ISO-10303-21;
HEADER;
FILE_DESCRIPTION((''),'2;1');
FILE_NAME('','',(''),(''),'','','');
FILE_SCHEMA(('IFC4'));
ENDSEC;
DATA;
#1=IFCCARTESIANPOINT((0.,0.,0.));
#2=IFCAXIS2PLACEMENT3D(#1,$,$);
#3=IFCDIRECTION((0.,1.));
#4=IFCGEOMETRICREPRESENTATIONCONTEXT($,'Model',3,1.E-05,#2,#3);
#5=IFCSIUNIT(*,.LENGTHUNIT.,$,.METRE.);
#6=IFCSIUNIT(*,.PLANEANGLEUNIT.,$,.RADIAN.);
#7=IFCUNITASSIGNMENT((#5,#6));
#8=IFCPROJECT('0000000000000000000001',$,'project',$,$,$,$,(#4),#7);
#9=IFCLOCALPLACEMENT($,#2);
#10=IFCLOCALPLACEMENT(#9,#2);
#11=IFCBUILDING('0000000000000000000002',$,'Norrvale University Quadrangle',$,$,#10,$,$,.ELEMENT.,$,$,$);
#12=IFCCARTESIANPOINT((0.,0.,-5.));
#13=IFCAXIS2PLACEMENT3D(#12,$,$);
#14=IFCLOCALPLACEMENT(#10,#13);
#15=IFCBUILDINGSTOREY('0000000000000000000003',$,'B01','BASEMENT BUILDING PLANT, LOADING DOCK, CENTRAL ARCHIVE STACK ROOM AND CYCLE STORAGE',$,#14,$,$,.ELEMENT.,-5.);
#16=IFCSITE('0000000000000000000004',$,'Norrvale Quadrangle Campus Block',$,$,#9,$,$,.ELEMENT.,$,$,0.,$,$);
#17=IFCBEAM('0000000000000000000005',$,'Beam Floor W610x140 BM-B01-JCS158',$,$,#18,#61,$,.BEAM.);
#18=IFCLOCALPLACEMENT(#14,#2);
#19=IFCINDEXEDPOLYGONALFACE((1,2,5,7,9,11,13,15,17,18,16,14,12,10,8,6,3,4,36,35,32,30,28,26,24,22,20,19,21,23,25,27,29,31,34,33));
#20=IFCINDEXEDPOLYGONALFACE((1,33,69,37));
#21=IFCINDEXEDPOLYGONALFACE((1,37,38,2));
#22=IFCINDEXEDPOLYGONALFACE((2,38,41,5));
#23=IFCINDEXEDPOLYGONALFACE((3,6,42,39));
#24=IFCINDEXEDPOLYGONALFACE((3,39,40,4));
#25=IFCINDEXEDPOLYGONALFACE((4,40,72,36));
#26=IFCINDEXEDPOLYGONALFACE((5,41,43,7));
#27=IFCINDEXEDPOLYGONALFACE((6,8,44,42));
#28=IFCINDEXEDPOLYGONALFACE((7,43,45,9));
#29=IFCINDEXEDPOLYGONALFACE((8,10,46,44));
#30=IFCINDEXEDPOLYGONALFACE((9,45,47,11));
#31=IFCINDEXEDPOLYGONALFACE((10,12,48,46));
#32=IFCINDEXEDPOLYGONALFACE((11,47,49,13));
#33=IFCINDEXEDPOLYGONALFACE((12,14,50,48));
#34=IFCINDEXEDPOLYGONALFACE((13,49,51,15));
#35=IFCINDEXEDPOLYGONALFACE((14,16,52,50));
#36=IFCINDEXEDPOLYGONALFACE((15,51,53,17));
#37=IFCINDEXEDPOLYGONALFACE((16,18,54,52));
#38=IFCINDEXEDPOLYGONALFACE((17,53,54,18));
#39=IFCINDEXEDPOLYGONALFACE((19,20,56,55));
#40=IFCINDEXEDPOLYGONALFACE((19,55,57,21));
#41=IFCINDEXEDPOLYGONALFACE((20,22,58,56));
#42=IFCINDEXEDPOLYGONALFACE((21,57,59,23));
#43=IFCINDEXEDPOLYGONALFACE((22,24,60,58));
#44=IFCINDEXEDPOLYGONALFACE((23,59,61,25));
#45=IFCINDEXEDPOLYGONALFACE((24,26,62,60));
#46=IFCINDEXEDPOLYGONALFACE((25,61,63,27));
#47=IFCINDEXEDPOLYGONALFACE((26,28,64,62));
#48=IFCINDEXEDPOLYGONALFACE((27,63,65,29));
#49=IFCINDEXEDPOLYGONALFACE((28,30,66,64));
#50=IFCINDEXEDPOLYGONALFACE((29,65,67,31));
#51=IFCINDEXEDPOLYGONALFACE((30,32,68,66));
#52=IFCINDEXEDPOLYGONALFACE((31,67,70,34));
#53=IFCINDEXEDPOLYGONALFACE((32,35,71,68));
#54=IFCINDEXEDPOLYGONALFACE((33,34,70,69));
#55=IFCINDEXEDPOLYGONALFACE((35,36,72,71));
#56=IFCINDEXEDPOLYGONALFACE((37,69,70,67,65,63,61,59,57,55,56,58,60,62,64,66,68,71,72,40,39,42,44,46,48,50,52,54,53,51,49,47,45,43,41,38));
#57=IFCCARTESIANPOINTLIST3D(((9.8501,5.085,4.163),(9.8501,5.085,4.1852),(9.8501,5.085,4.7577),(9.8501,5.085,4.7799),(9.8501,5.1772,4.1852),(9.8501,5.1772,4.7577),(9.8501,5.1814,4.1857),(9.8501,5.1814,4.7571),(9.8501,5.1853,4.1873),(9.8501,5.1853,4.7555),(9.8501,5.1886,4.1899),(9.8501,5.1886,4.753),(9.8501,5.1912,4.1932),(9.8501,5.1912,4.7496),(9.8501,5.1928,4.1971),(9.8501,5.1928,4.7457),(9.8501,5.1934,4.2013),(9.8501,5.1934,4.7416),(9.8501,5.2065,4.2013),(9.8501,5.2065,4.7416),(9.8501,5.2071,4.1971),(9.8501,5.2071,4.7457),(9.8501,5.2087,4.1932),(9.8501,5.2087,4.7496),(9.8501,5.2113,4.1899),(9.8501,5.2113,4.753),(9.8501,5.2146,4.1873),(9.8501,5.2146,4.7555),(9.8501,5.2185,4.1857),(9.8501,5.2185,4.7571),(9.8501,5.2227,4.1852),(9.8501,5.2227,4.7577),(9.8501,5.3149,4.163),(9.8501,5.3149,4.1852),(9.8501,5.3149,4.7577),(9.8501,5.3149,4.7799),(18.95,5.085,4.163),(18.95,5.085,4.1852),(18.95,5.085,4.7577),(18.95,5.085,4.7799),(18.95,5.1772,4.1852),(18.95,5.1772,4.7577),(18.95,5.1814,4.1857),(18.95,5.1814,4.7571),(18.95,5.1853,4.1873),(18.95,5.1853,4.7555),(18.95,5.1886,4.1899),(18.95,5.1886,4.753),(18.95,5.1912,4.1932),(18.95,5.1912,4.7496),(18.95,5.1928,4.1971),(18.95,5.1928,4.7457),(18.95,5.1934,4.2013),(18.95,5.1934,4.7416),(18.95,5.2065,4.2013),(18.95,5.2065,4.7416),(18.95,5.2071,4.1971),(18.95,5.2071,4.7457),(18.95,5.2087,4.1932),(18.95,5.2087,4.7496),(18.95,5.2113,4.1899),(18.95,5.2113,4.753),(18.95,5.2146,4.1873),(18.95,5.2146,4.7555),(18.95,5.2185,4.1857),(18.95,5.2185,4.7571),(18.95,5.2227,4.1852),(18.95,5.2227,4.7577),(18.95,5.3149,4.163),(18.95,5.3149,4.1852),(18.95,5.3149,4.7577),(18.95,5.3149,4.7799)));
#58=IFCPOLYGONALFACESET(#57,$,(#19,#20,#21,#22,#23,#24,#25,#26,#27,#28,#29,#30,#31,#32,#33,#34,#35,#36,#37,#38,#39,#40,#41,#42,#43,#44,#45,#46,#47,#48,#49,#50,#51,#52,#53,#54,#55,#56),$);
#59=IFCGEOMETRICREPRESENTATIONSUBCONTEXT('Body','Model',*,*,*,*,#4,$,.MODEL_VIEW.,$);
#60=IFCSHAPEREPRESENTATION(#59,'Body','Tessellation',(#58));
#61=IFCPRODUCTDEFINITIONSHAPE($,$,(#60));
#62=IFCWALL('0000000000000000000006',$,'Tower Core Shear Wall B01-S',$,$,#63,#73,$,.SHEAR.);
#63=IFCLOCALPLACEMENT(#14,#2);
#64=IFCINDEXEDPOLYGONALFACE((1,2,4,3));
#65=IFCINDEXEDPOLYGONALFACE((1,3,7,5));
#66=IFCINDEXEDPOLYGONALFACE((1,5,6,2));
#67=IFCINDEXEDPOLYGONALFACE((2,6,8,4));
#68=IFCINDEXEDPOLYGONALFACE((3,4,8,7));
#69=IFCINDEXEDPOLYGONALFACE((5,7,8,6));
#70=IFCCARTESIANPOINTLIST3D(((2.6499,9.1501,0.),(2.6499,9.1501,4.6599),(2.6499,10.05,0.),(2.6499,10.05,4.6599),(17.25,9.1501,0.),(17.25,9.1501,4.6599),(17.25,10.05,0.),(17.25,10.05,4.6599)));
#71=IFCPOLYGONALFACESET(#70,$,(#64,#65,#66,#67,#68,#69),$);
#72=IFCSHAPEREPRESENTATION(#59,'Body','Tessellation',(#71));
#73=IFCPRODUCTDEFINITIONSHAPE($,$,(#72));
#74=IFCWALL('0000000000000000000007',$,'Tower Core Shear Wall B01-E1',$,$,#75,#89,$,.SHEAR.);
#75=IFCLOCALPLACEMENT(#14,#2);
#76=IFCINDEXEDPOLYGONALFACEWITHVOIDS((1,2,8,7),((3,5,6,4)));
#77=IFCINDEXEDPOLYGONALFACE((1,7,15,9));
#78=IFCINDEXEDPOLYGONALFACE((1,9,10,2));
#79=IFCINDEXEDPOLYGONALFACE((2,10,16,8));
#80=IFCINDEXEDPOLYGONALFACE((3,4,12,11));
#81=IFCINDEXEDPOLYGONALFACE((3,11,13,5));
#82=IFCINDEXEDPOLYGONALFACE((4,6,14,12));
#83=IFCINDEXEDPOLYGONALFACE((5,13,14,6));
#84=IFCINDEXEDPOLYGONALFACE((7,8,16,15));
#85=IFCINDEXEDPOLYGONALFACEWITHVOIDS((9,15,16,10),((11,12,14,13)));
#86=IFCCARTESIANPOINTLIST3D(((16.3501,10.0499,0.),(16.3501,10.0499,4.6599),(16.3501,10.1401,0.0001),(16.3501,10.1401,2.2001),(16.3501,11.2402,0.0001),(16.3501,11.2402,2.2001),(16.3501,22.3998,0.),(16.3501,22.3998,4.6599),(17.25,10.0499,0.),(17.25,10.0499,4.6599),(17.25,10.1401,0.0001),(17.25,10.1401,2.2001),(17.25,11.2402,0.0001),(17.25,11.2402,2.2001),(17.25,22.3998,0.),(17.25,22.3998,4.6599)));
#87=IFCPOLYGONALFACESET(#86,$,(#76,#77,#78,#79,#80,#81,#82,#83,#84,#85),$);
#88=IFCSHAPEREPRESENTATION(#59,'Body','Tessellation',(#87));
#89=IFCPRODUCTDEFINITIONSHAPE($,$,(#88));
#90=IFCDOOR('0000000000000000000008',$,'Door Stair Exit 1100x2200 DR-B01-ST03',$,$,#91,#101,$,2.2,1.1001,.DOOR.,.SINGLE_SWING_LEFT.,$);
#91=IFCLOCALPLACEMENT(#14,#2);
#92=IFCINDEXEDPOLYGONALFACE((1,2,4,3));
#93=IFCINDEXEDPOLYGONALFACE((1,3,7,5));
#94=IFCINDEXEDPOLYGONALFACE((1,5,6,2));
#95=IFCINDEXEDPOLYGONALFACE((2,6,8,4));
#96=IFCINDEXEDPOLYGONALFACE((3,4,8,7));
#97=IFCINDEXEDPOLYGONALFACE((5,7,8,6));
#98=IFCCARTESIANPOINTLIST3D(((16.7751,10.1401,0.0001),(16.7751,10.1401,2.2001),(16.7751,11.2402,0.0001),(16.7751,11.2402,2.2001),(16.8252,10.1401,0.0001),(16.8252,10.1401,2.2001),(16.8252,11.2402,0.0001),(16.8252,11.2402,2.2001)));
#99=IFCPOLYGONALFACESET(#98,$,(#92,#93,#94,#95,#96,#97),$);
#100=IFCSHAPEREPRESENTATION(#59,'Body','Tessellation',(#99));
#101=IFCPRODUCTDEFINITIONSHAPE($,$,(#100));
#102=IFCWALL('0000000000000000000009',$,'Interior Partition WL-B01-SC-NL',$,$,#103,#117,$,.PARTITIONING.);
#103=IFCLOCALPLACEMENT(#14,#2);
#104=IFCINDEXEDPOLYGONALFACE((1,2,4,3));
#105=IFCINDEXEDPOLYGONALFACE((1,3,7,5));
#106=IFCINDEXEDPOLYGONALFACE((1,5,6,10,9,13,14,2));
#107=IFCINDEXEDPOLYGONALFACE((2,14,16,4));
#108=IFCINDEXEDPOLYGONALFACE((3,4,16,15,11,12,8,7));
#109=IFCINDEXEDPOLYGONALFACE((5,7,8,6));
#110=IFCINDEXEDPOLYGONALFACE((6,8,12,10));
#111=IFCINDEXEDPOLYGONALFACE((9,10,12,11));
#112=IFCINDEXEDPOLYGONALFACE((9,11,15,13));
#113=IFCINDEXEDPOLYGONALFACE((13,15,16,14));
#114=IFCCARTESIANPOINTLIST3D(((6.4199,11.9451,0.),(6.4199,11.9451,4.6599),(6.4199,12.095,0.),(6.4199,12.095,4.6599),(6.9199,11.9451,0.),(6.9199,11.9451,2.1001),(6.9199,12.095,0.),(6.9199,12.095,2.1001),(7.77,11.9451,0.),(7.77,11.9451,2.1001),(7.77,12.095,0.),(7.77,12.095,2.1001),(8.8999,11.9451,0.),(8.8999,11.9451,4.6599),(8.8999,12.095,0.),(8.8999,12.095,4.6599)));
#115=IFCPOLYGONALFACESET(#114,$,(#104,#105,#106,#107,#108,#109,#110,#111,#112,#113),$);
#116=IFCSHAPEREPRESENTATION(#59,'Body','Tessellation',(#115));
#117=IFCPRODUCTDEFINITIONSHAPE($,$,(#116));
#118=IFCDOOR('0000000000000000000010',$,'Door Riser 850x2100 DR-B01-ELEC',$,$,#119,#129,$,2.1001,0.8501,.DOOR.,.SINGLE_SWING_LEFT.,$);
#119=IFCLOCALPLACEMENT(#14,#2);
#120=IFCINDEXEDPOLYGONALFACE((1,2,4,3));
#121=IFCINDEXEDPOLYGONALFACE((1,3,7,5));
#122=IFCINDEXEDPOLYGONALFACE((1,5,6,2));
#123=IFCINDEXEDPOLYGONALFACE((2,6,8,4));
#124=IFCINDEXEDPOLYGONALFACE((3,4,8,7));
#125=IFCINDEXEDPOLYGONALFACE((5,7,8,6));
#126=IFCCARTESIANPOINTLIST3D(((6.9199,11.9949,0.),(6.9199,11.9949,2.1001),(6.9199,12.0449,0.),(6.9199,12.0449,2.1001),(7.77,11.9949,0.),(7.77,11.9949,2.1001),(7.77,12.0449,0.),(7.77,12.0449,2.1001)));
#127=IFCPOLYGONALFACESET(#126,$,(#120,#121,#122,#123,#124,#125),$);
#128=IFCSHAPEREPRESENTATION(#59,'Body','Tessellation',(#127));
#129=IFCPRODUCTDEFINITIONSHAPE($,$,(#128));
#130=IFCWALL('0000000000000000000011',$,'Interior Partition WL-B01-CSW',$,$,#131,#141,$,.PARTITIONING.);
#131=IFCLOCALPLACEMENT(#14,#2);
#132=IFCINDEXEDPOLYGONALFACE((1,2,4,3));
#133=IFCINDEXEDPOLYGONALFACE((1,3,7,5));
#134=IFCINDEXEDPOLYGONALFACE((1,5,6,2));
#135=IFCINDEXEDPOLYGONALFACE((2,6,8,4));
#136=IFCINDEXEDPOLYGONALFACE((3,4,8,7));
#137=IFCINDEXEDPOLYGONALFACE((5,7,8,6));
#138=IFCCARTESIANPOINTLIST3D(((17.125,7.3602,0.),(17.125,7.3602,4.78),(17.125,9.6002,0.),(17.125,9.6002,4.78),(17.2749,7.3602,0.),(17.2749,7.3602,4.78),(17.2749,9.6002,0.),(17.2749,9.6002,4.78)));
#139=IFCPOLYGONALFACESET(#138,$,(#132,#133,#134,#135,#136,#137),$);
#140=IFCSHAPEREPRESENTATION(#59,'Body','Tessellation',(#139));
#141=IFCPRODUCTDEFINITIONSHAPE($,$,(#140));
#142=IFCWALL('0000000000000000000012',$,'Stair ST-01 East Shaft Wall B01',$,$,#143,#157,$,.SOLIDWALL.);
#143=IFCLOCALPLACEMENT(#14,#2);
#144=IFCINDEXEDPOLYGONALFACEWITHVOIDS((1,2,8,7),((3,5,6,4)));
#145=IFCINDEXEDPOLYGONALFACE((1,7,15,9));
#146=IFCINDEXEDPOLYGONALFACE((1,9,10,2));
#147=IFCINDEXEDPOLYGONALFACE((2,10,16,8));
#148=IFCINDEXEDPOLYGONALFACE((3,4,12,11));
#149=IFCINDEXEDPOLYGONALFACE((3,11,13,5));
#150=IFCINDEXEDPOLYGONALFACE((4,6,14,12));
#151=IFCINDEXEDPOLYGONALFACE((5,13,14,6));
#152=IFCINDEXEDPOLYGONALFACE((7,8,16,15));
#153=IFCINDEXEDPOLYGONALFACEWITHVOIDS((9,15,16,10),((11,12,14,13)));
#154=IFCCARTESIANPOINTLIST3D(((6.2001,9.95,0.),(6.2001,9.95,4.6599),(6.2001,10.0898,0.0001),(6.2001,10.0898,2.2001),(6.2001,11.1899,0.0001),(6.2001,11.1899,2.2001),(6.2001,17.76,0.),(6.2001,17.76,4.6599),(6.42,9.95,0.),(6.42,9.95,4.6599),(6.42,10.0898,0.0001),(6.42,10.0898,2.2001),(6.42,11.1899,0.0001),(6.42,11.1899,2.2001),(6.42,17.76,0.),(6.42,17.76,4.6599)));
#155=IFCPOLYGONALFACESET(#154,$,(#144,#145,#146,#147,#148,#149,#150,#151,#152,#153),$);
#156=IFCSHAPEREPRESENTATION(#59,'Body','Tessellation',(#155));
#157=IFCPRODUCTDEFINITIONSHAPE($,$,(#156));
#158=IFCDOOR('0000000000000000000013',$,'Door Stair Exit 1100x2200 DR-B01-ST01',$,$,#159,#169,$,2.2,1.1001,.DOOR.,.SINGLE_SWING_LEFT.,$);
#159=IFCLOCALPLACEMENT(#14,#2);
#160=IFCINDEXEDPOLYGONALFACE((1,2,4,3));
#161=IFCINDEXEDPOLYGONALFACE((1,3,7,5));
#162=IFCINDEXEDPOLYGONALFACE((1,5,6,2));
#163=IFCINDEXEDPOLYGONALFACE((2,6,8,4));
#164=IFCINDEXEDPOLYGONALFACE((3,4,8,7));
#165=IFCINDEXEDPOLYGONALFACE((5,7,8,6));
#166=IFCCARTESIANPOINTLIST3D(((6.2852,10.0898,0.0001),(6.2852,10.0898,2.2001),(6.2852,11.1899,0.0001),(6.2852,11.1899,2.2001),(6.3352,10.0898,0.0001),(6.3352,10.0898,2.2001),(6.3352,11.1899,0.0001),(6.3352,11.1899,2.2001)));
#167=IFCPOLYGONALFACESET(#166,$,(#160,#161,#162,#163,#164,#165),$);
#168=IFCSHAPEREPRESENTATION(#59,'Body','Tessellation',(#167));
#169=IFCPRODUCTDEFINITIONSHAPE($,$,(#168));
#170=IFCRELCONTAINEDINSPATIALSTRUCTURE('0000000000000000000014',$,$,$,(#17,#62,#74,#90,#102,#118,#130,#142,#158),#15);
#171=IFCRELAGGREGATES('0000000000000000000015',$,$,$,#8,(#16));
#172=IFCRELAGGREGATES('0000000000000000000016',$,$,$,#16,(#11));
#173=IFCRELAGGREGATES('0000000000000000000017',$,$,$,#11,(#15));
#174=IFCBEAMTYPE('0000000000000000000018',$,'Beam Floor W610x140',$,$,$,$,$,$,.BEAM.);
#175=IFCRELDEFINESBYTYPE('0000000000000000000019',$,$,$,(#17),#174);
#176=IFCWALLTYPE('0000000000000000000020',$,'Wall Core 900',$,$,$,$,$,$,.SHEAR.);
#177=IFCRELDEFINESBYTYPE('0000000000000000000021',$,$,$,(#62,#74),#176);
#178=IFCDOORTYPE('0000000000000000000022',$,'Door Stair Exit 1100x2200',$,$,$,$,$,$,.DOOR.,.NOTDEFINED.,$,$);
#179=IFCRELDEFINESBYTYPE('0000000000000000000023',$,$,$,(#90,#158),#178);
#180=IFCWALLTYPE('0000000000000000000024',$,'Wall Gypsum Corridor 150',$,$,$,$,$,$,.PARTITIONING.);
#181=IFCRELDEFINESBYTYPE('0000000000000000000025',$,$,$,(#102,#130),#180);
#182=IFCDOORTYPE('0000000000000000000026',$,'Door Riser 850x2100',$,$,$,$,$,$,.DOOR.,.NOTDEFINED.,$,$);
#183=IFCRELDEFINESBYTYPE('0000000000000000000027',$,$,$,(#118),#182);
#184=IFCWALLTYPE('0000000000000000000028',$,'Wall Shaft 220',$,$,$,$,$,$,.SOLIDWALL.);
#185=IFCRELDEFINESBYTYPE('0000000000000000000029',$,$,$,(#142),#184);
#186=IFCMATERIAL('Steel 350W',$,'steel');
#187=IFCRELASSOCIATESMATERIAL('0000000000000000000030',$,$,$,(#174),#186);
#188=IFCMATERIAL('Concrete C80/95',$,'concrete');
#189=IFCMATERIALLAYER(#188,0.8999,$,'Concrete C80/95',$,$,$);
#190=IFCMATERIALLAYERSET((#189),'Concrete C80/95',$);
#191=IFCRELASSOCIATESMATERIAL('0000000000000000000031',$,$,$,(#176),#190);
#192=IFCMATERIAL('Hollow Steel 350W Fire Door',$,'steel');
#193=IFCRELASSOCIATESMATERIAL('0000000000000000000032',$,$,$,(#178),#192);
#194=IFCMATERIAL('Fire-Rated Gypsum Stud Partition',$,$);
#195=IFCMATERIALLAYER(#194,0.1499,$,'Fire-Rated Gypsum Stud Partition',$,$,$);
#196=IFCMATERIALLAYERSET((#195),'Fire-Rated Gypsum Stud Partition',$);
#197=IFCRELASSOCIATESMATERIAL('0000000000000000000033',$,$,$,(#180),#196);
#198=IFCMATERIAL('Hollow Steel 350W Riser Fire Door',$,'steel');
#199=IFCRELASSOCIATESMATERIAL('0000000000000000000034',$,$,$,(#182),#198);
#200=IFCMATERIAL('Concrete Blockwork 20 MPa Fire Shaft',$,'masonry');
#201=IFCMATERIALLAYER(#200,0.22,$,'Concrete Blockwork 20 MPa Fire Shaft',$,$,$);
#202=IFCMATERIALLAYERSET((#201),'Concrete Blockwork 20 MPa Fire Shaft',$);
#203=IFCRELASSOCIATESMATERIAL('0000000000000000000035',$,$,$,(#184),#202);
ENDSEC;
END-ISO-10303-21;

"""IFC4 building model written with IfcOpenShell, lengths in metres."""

from ifc_helpers import new_model, si_unit, direction, frame, frame_2d, origin, origin_2d, place, context, subcontext, project, spatial, rectangle, i_section, extrude, material, layer, layer_set, material_profile, profile_set, type_object, element, fill, save


model = new_model("IFC4")

# Units and contexts
model_context = context("Model", 3, precision=1e-05, world=origin(), true_north=direction((0.0, 1.0)))
body_context = subcontext(model_context, "Body", "Model", "MODEL_VIEW")
ifc_project = project(units=[si_unit("LENGTHUNIT", "METRE"), si_unit("PLANEANGLEUNIT", "RADIAN")], contexts=[model_context])

# Site, building, storey
site_placement = place(None, origin())
site = spatial("IfcSite", under=ifc_project, at=site_placement, Name="Norrvale Quadrangle Campus Block", CompositionType="ELEMENT", RefElevation=0.0)
building_placement = place(site_placement, origin())
building = spatial("IfcBuilding", under=site, at=building_placement, Name="Norrvale University Quadrangle", CompositionType="ELEMENT")
storey_placement = place(building_placement, frame((0.0, 0.0, -5.0)))
storey = spatial("IfcBuildingStorey", under=building, at=storey_placement, Name="B01", Description="BASEMENT BUILDING PLANT, LOADING DOCK, CENTRAL ARCHIVE STACK ROOM AND CYCLE STORAGE", CompositionType="ELEMENT", Elevation=-5.0)

# Shared definitions
ifc_material_1 = material(Name="Concrete C80/95", Category="concrete")

# Beam
ifc_material_2 = material(Name="Steel 350W", Category="steel")
ifc_material_profile_1 = material_profile(ifc_material_2, i_section(OverallWidth=0.23, OverallDepth=0.6169, WebThickness=0.0132, FlangeThickness=0.0222, FilletRadius=0.0161, at=origin_2d()), Name="Steel 350W")
ifc_profile_set_1 = profile_set([ifc_material_profile_1], Name="Steel 350W")
beam_type_1 = type_object("IfcBeamType", Name="Beam Floor W610x140", PredefinedType="BEAM", material=ifc_profile_set_1)
beam_1_placement = place(storey_placement, frame((9.8501, 5.2, 4.4714), z_axis=(1.0, 0.0, 0.0), x_axis=(0.0, 1.0, 0.0)))
element("IfcBeam", 1, at=beam_1_placement, inside=storey, type_object=beam_type_1, Name="Beam Floor W610x140 BM-B01-JCS158", PredefinedType="BEAM", context=body_context, shape_type="SweptSolid", body=[
    extrude(i_section(OverallWidth=0.23, OverallDepth=0.6169, WebThickness=0.0132, FlangeThickness=0.0222, FilletRadius=0.0161, at=origin_2d()), origin(), (0.0, 0.0, 1.0), 9.0999),
])

# Wall
ifc_layer_1 = layer(ifc_material_1, 0.8999, Name="Concrete C80/95")
ifc_layer_set_1 = layer_set([ifc_layer_1], Name="Concrete C80/95")
wall_type_1 = type_object("IfcWallType", Name="Wall Core 900", PredefinedType="SHEAR", material=ifc_layer_set_1)
wall_1_placement = place(storey_placement, frame((2.6499, 9.6001, 0.0), z_axis=(0.0, 0.0, 1.0), x_axis=(1.0, 0.0, 0.0)))
element("IfcWall", 2, at=wall_1_placement, inside=storey, type_object=wall_type_1, Name="Tower Core Shear Wall B01-S", PredefinedType="SHEAR", context=body_context, shape_type="SweptSolid", body=[
    extrude(rectangle(XDim=14.6001, YDim=0.8999, at=frame_2d((7.3, 0.0))), origin(), (0.0, 0.0, 1.0), 4.6599),
])

# Walls, openings, doors
wall_2_placement = place(storey_placement, frame((16.8, 10.05, 0.0), z_axis=(0.0, 0.0, 1.0), x_axis=(0.0, 1.0, 0.0)))
wall_2 = element("IfcWall", 3, at=wall_2_placement, inside=storey, type_object=wall_type_1, Name="Tower Core Shear Wall B01-E1", PredefinedType="SHEAR", context=body_context, shape_type="SweptSolid", body=[
    extrude(rectangle(XDim=12.3499, YDim=0.8999, at=frame_2d((6.1748, 0.0))), origin(), (0.0, 0.0, 1.0), 4.6599),
])
opening_1_placement = place(wall_2_placement, frame((0.0901, 0.0, 0.0)))
opening_1 = element("IfcOpeningElement", 4, at=opening_1_placement, cuts=wall_2, PredefinedType="OPENING", context=body_context, shape_type="SweptSolid", body=[
    extrude(rectangle(XDim=1.1001, YDim=2.2, at=frame_2d((0.55, 1.1001))), frame((0.0, 0.4619, 0.0), z_axis=(0.0, -1.0, 0.0), x_axis=(1.0, 0.0, 0.0)), (0.0, 0.0, 1.0), 0.9238),
])
ifc_material_3 = material(Name="Hollow Steel 350W Fire Door", Category="steel")
door_type_1 = type_object("IfcDoorType", Name="Door Stair Exit 1100x2200", OperationType="NOTDEFINED", PredefinedType="DOOR", material=ifc_material_3)
door_1_placement = place(opening_1_placement, origin())
door_1 = element("IfcDoor", 5, at=door_1_placement, inside=storey, type_object=door_type_1, Name="Door Stair Exit 1100x2200 DR-B01-ST03", OperationType="SINGLE_SWING_LEFT", OverallHeight=2.2, OverallWidth=1.1001, PredefinedType="DOOR", context=body_context, shape_type="SweptSolid", body=[
    extrude(rectangle(XDim=1.1001, YDim=2.2, at=frame_2d((0.55, 1.1001))), frame((0.0, 0.0249, 0.0), z_axis=(0.0, -1.0, 0.0), x_axis=(1.0, 0.0, 0.0)), (0.0, 0.0, 1.0), 0.05),
])
fill(opening_1, door_1)
ifc_material_4 = material(Name="Fire-Rated Gypsum Stud Partition")
ifc_layer_2 = layer(ifc_material_4, 0.1499, Name="Fire-Rated Gypsum Stud Partition")
ifc_layer_set_2 = layer_set([ifc_layer_2], Name="Fire-Rated Gypsum Stud Partition")
wall_type_2 = type_object("IfcWallType", Name="Wall Gypsum Corridor 150", PredefinedType="PARTITIONING", material=ifc_layer_set_2)
wall_3_placement = place(storey_placement, frame((6.4199, 12.02, 0.0), z_axis=(0.0, 0.0, 1.0), x_axis=(1.0, 0.0, 0.0)))
wall_3 = element("IfcWall", 6, at=wall_3_placement, inside=storey, type_object=wall_type_2, Name="Interior Partition WL-B01-SC-NL", PredefinedType="PARTITIONING", context=body_context, shape_type="SweptSolid", body=[
    extrude(rectangle(XDim=2.48, YDim=0.1499, at=frame_2d((1.24, 0.0))), origin(), (0.0, 0.0, 1.0), 4.6599),
])
opening_2_placement = place(wall_3_placement, frame((0.5, 0.0, 0.0)))
opening_2 = element("IfcOpeningElement", 7, at=opening_2_placement, cuts=wall_3, PredefinedType="OPENING", context=body_context, shape_type="SweptSolid", body=[
    extrude(rectangle(XDim=0.8501, YDim=2.1001, at=frame_2d((0.425, 1.05))), frame((0.0, 0.0869, 0.0), z_axis=(0.0, -1.0, 0.0), x_axis=(1.0, 0.0, 0.0)), (0.0, 0.0, 1.0), 0.1738),
])
ifc_material_5 = material(Name="Hollow Steel 350W Riser Fire Door", Category="steel")
door_type_2 = type_object("IfcDoorType", Name="Door Riser 850x2100", OperationType="NOTDEFINED", PredefinedType="DOOR", material=ifc_material_5)
door_2_placement = place(opening_2_placement, origin())
door_2 = element("IfcDoor", 8, at=door_2_placement, inside=storey, type_object=door_type_2, Name="Door Riser 850x2100 DR-B01-ELEC", OperationType="SINGLE_SWING_LEFT", OverallHeight=2.1001, OverallWidth=0.8501, PredefinedType="DOOR", context=body_context, shape_type="SweptSolid", body=[
    extrude(rectangle(XDim=0.8501, YDim=2.1001, at=frame_2d((0.425, 1.05))), frame((0.0, 0.0249, 0.0), z_axis=(0.0, -1.0, 0.0), x_axis=(1.0, 0.0, 0.0)), (0.0, 0.0, 1.0), 0.05),
])
fill(opening_2, door_2)

# Wall
wall_4_placement = place(storey_placement, frame((17.2, 7.3601, 0.0), z_axis=(0.0, 0.0, 1.0), x_axis=(0.0, 1.0, 0.0)))
element("IfcWall", 9, at=wall_4_placement, inside=storey, type_object=wall_type_2, Name="Interior Partition WL-B01-CSW", PredefinedType="PARTITIONING", context=body_context, shape_type="SweptSolid", body=[
    extrude(rectangle(XDim=2.24, YDim=0.1499, at=frame_2d((1.1201, 0.0))), origin(), (0.0, 0.0, 1.0), 4.78),
])

# Wall, opening, door
ifc_material_6 = material(Name="Concrete Blockwork 20 MPa Fire Shaft", Category="masonry")
ifc_layer_3 = layer(ifc_material_6, 0.22, Name="Concrete Blockwork 20 MPa Fire Shaft")
ifc_layer_set_3 = layer_set([ifc_layer_3], Name="Concrete Blockwork 20 MPa Fire Shaft")
wall_type_3 = type_object("IfcWallType", Name="Wall Shaft 220", PredefinedType="SOLIDWALL", material=ifc_layer_set_3)
wall_5_placement = place(storey_placement, frame((6.3101, 9.95, 0.0), z_axis=(0.0, 0.0, 1.0), x_axis=(0.0, 1.0, 0.0)))
wall_5 = element("IfcWall", 10, at=wall_5_placement, inside=storey, type_object=wall_type_3, Name="Stair ST-01 East Shaft Wall B01", PredefinedType="SOLIDWALL", context=body_context, shape_type="SweptSolid", body=[
    extrude(rectangle(XDim=7.8101, YDim=0.22, at=frame_2d((3.905, 0.0))), origin(), (0.0, 0.0, 1.0), 4.6599),
])
opening_3_placement = place(wall_5_placement, frame((0.1399, 0.0, 0.0)))
opening_3 = element("IfcOpeningElement", 11, at=opening_3_placement, cuts=wall_5, PredefinedType="OPENING", context=body_context, shape_type="SweptSolid", body=[
    extrude(rectangle(XDim=1.1001, YDim=2.2, at=frame_2d((0.55, 1.1001))), frame((0.0, 0.1221, 0.0), z_axis=(0.0, -1.0, 0.0), x_axis=(1.0, 0.0, 0.0)), (0.0, 0.0, 1.0), 0.2439),
])
door_3_placement = place(opening_3_placement, origin())
door_3 = element("IfcDoor", 12, at=door_3_placement, inside=storey, type_object=door_type_1, Name="Door Stair Exit 1100x2200 DR-B01-ST01", OperationType="SINGLE_SWING_LEFT", OverallHeight=2.2, OverallWidth=1.1001, PredefinedType="DOOR", context=body_context, shape_type="SweptSolid", body=[
    extrude(rectangle(XDim=1.1001, YDim=2.2, at=frame_2d((0.55, 1.1001))), frame((0.0, 0.0249, 0.0), z_axis=(0.0, -1.0, 0.0), x_axis=(1.0, 0.0, 0.0)), (0.0, 0.0, 1.0), 0.05),
])
fill(opening_3, door_3)

save(model, "model.ifc")
